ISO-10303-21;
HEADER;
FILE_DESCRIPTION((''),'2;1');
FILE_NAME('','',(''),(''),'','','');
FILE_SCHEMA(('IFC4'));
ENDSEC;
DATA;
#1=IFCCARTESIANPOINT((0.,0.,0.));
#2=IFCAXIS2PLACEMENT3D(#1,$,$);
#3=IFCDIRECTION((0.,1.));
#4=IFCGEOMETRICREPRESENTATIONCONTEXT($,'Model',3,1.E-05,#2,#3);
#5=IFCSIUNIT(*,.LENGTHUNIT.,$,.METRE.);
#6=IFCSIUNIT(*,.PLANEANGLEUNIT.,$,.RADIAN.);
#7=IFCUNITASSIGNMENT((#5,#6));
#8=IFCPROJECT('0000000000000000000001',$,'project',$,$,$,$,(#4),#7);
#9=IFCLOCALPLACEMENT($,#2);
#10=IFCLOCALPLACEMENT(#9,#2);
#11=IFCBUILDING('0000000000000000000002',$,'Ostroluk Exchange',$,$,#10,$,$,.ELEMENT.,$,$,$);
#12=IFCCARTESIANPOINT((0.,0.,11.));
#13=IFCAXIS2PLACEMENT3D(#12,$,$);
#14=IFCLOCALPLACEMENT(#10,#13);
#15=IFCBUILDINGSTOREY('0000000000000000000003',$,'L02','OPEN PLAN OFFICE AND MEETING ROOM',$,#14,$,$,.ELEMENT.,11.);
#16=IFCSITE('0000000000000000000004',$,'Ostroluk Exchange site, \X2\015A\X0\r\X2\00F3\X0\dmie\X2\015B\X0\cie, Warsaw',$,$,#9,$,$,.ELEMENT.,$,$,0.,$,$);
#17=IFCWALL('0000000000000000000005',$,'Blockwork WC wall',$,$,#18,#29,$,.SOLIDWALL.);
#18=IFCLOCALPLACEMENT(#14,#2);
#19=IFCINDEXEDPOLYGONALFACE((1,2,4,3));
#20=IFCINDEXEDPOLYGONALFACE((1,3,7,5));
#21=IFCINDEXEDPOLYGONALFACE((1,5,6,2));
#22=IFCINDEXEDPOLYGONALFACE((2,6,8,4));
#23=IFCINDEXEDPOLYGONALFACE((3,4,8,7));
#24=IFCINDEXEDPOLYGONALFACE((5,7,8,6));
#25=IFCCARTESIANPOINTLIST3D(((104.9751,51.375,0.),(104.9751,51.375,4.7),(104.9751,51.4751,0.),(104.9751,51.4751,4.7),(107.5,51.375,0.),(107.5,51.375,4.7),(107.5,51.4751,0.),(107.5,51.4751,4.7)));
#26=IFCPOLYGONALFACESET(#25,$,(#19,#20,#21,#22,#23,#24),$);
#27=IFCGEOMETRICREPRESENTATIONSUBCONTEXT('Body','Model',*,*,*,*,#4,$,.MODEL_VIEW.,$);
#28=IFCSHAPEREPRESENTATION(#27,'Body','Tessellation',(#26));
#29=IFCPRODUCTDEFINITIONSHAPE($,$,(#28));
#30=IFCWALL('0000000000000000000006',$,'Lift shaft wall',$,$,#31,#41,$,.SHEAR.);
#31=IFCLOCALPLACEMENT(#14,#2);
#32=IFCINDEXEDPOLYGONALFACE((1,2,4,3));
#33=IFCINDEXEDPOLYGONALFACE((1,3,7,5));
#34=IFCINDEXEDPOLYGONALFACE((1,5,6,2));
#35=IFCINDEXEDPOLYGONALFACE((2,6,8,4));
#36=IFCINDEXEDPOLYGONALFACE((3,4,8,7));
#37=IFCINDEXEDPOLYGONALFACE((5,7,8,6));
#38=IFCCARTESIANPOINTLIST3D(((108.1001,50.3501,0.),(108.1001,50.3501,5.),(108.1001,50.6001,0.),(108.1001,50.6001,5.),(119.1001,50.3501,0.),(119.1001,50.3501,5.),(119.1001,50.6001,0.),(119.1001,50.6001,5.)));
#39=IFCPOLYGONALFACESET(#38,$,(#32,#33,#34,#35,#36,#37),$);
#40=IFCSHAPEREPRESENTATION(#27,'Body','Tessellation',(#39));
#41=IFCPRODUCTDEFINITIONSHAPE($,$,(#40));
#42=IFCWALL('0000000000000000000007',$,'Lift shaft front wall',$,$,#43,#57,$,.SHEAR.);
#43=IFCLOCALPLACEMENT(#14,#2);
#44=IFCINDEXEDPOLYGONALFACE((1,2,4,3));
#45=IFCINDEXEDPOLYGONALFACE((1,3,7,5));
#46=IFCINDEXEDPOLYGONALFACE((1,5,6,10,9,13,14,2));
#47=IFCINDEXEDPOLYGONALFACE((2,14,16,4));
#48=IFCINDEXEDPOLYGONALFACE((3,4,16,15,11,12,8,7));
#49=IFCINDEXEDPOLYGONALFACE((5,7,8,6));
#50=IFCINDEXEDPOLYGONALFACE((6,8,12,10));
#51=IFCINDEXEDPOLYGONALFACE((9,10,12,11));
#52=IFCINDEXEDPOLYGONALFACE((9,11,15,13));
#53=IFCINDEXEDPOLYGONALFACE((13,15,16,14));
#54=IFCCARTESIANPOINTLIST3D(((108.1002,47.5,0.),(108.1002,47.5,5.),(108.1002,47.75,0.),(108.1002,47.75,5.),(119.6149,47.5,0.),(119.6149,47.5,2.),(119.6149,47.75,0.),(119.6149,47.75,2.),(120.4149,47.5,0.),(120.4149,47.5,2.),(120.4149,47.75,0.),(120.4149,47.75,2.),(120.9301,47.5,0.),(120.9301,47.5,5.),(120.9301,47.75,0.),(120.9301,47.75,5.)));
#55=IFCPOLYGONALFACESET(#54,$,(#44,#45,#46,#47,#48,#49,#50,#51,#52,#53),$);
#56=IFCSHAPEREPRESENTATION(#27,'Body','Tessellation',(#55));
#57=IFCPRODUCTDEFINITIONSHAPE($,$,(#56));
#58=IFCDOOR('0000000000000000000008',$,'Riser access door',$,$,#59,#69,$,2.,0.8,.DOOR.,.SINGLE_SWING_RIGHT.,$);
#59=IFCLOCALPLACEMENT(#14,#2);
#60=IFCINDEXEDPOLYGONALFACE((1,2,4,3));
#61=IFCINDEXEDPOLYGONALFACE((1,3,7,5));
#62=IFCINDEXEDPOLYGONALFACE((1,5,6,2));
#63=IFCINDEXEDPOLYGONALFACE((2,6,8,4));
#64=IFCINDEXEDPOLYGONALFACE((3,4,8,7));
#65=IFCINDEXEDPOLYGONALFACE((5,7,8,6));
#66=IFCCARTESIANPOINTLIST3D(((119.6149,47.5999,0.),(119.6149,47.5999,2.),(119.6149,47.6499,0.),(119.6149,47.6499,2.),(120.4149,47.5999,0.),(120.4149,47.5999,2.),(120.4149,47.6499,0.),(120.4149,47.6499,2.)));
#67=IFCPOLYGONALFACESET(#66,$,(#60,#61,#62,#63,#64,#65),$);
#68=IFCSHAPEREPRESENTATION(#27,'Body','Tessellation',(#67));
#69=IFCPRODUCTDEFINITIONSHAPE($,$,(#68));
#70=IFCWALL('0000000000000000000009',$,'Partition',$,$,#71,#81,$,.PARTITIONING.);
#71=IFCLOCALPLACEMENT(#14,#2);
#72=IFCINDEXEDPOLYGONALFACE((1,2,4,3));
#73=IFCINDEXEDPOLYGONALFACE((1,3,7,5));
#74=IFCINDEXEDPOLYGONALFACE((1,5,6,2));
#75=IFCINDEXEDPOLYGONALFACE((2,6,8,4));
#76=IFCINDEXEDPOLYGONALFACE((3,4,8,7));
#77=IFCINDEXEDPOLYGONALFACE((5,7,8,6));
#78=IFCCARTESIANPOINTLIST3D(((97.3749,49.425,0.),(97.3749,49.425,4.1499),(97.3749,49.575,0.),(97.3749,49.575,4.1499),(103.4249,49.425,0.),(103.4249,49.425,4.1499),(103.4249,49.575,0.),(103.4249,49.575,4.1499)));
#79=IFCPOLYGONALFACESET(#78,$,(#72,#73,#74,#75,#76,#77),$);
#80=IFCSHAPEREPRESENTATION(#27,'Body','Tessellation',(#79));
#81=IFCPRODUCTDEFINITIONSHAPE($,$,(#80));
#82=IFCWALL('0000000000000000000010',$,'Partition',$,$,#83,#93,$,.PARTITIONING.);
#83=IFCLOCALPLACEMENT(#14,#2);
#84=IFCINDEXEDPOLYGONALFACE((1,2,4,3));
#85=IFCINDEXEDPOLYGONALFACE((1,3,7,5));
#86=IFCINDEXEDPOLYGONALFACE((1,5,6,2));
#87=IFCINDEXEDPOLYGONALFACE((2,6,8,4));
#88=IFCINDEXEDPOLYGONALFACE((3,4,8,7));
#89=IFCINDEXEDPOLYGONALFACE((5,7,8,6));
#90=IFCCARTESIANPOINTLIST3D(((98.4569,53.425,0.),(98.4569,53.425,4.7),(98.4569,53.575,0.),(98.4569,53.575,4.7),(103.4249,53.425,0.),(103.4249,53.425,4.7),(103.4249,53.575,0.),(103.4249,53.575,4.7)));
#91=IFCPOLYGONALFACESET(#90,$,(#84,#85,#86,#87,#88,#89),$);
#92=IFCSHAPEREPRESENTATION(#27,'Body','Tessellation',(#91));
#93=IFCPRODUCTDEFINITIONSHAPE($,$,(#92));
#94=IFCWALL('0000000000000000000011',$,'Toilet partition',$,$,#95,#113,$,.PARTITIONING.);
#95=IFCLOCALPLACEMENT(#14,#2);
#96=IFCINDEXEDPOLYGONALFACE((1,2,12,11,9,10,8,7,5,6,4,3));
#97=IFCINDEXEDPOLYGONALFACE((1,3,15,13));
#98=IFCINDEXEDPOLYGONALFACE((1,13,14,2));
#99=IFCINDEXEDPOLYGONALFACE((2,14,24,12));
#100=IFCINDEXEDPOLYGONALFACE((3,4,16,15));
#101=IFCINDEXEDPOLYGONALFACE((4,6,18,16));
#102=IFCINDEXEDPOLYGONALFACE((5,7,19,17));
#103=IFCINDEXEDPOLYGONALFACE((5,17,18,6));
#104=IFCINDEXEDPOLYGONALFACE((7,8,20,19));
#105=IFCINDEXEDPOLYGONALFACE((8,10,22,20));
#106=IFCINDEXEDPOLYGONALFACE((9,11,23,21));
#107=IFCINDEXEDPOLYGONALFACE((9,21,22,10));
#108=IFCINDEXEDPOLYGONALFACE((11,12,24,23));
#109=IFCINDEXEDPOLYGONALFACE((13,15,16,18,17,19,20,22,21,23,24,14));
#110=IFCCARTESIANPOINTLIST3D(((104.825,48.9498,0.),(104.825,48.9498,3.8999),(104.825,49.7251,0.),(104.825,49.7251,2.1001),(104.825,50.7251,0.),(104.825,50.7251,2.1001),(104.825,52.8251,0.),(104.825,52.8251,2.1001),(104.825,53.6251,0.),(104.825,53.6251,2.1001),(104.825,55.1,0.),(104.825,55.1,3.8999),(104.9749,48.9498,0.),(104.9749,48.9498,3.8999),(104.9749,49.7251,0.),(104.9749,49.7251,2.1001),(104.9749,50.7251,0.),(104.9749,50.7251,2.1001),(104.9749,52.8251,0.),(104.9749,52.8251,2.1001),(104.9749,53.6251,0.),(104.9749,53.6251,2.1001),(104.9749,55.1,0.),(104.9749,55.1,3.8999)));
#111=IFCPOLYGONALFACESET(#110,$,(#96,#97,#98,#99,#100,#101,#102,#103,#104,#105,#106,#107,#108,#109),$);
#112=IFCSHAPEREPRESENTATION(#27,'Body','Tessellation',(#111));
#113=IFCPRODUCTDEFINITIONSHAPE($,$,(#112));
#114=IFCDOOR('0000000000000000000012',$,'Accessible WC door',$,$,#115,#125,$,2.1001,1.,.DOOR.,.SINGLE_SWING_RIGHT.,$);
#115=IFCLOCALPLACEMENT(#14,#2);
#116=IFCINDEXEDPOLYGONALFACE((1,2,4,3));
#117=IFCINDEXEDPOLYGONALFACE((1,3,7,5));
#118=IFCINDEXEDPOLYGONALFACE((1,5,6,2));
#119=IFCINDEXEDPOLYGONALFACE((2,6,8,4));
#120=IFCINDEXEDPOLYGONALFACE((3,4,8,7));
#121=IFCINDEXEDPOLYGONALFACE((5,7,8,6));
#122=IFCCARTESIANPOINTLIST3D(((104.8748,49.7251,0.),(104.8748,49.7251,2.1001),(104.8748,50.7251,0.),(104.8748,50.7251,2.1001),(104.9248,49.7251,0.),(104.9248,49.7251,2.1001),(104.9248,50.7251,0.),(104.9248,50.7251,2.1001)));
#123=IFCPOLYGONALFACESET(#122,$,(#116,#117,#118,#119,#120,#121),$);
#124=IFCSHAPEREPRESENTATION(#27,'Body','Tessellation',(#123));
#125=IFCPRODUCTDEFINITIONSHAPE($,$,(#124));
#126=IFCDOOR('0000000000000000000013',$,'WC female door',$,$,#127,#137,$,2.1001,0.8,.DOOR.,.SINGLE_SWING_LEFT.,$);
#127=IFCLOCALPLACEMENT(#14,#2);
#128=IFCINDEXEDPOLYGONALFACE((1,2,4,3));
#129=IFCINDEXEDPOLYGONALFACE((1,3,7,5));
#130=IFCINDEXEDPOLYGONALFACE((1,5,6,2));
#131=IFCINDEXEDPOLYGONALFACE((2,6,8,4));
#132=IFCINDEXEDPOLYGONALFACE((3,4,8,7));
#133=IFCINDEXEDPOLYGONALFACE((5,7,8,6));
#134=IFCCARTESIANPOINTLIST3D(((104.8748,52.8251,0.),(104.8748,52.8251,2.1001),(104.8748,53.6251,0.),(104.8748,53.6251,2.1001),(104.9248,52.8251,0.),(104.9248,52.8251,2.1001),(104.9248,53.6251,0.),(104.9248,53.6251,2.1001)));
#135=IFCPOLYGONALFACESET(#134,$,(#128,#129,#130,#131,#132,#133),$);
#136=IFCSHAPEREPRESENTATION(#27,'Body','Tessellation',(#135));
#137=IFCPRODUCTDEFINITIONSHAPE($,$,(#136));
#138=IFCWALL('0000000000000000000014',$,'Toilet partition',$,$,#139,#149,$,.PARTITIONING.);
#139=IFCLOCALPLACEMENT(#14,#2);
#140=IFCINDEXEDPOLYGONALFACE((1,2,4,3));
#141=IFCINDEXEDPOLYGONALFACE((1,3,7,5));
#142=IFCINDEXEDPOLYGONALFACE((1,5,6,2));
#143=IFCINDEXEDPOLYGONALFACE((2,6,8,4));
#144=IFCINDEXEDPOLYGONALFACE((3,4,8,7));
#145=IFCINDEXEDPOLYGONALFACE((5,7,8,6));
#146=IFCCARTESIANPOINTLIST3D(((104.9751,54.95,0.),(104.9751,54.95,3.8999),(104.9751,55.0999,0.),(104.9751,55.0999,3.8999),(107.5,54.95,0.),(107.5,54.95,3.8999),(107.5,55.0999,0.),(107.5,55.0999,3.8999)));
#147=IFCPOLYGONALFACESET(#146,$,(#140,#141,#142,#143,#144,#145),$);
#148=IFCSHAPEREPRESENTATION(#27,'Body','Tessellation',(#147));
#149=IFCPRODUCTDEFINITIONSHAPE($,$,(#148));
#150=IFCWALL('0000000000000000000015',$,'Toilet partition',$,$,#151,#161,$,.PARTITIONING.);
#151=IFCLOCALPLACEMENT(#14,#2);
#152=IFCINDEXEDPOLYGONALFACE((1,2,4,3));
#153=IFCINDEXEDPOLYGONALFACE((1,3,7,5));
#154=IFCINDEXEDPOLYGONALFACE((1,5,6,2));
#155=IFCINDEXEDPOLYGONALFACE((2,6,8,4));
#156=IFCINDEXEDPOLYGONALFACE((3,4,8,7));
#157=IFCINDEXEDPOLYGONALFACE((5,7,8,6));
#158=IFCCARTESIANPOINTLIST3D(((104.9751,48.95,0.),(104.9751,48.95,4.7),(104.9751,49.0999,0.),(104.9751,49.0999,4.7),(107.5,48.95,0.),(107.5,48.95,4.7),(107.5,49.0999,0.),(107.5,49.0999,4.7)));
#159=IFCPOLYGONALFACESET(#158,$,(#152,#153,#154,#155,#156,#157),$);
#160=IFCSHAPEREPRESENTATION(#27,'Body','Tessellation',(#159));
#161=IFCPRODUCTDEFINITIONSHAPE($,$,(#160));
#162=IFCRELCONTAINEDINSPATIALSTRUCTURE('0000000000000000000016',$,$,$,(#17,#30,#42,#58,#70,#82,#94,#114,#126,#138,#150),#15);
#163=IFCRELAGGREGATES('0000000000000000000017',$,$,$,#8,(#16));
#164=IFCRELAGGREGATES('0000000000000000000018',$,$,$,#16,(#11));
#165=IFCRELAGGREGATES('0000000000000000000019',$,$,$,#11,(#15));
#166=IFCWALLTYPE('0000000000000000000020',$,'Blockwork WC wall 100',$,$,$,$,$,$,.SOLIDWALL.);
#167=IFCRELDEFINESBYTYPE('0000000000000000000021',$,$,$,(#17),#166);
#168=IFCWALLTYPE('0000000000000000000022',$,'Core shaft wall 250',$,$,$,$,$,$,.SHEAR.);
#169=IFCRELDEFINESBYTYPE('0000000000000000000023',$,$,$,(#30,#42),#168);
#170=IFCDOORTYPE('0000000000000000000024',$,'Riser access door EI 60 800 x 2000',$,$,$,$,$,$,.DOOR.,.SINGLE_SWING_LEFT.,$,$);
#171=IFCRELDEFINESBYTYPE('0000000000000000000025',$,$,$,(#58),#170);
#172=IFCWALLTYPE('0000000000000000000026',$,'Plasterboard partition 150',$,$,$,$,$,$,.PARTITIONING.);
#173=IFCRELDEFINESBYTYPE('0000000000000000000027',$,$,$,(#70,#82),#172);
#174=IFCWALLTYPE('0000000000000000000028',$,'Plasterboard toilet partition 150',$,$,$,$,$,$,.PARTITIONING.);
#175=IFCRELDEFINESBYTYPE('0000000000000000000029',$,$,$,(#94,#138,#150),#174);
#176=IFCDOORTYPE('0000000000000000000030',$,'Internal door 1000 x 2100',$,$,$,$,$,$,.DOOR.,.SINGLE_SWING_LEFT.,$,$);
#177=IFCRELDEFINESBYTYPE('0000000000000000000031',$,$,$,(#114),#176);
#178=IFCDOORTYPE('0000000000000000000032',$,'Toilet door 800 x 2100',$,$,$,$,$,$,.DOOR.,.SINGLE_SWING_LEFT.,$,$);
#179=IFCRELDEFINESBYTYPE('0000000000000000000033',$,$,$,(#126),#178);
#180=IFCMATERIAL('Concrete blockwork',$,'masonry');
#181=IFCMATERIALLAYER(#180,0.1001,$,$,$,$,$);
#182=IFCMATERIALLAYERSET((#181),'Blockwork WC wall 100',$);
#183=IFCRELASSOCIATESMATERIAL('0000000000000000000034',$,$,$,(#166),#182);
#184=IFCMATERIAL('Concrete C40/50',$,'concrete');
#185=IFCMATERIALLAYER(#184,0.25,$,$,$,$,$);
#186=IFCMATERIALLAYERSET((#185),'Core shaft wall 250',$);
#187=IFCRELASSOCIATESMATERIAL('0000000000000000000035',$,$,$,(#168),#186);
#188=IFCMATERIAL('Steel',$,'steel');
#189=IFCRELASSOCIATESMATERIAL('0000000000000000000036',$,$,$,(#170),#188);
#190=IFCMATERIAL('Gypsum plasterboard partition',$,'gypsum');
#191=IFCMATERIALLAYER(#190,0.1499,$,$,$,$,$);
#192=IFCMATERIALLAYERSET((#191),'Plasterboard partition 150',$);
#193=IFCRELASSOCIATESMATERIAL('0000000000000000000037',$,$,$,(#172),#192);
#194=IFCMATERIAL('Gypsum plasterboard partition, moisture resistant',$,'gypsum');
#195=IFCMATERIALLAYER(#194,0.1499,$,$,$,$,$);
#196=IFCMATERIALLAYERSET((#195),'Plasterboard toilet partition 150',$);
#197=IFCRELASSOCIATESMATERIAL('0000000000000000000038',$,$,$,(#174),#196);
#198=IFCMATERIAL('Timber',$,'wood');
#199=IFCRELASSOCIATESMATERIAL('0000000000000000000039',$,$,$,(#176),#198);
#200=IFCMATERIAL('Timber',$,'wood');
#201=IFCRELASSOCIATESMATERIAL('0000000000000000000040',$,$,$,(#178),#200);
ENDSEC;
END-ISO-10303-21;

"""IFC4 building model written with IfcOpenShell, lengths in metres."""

from ifc_helpers import new_model, si_unit, direction, frame, frame_2d, origin, place, context, subcontext, project, spatial, rectangle, extrude, material, layer, layer_set, type_object, element, fill, save


model = new_model("IFC4")

# Units and contexts
model_context = context("Model", 3, precision=1e-05, world=origin(), true_north=direction((0.0, 1.0)))
body_context = subcontext(model_context, "Body", "Model", "MODEL_VIEW")
ifc_project = project(units=[si_unit("LENGTHUNIT", "METRE"), si_unit("PLANEANGLEUNIT", "RADIAN")], contexts=[model_context])

# Site, building, storey
site_placement = place(None, origin())
site = spatial("IfcSite", under=ifc_project, at=site_placement, Name="Ostroluk Exchange site, Śródmieście, Warsaw", CompositionType="ELEMENT", RefElevation=0.0)
building_placement = place(site_placement, origin())
building = spatial("IfcBuilding", under=site, at=building_placement, Name="Ostroluk Exchange", CompositionType="ELEMENT")
storey_placement = place(building_placement, frame((0.0, 0.0, 11.0)))
storey = spatial("IfcBuildingStorey", under=building, at=storey_placement, Name="L02", Description="OPEN PLAN OFFICE AND MEETING ROOM", CompositionType="ELEMENT", Elevation=11.0)

# Walls
ifc_material_1 = material(Name="Concrete blockwork", Category="masonry")
ifc_layer_1 = layer(ifc_material_1, 0.1001)
ifc_layer_set_1 = layer_set([ifc_layer_1], Name="Blockwork WC wall 100")
wall_type_1 = type_object("IfcWallType", Name="Blockwork WC wall 100", PredefinedType="SOLIDWALL", material=ifc_layer_set_1)
wall_1_placement = place(storey_placement, frame((104.9751, 51.425, 0.0), z_axis=(0.0, 0.0, 1.0), x_axis=(1.0, 0.0, 0.0)))
element("IfcWall", 1, at=wall_1_placement, inside=storey, type_object=wall_type_1, Name="Blockwork WC wall", PredefinedType="SOLIDWALL", context=body_context, shape_type="SweptSolid", body=[
    extrude(rectangle(XDim=2.5249, YDim=0.1001, at=frame_2d((1.2625, 0.0))), origin(), (0.0, 0.0, 1.0), 4.7),
])
ifc_material_2 = material(Name="Concrete C40/50", Category="concrete")
ifc_layer_2 = layer(ifc_material_2, 0.25)
ifc_layer_set_2 = layer_set([ifc_layer_2], Name="Core shaft wall 250")
wall_type_2 = type_object("IfcWallType", Name="Core shaft wall 250", PredefinedType="SHEAR", material=ifc_layer_set_2)
wall_2_placement = place(storey_placement, frame((108.1001, 50.4751, 0.0), z_axis=(0.0, 0.0, 1.0), x_axis=(1.0, 0.0, 0.0)))
element("IfcWall", 2, at=wall_2_placement, inside=storey, type_object=wall_type_2, Name="Lift shaft wall", PredefinedType="SHEAR", context=body_context, shape_type="SweptSolid", body=[
    extrude(rectangle(XDim=11.0, YDim=0.25, at=frame_2d((5.5, 0.0))), origin(), (0.0, 0.0, 1.0), 5.0),
])

# Wall, opening, door
wall_3_placement = place(storey_placement, frame((108.1001, 47.625, 0.0), z_axis=(0.0, 0.0, 1.0), x_axis=(1.0, 0.0, 0.0)))
wall_3 = element("IfcWall", 3, at=wall_3_placement, inside=storey, type_object=wall_type_2, Name="Lift shaft front wall", PredefinedType="SHEAR", context=body_context, shape_type="SweptSolid", body=[
    extrude(rectangle(XDim=12.8298, YDim=0.25, at=frame_2d((6.415, 0.0))), origin(), (0.0, 0.0, 1.0), 5.0),
])
opening_1_placement = place(wall_3_placement, frame((11.5149, 0.0, 0.0)))
opening_1 = element("IfcOpeningElement", 4, at=opening_1_placement, cuts=wall_3, PredefinedType="OPENING", context=body_context, shape_type="SweptSolid", body=[
    extrude(rectangle(XDim=0.8, YDim=2.0, at=frame_2d((0.3999, 1.0))), frame((0.0, 0.135, 0.0), z_axis=(0.0, -1.0, 0.0), x_axis=(1.0, 0.0, 0.0)), (0.0, 0.0, 1.0), 0.27),
])
ifc_material_3 = material(Name="Steel", Category="steel")
door_type_1 = type_object("IfcDoorType", Name="Riser access door EI 60 800 x 2000", OperationType="SINGLE_SWING_LEFT", PredefinedType="DOOR", material=ifc_material_3)
door_1_placement = place(opening_1_placement, origin())
door_1 = element("IfcDoor", 5, at=door_1_placement, inside=storey, type_object=door_type_1, Name="Riser access door", OperationType="SINGLE_SWING_RIGHT", OverallHeight=2.0, OverallWidth=0.8, PredefinedType="DOOR", context=body_context, shape_type="SweptSolid", body=[
    extrude(rectangle(XDim=0.8, YDim=2.0, at=frame_2d((0.3999, 1.0))), frame((0.0, 0.0249, 0.0), z_axis=(0.0, -1.0, 0.0), x_axis=(1.0, 0.0, 0.0)), (0.0, 0.0, 1.0), 0.05),
])
fill(opening_1, door_1)

# Walls
ifc_material_4 = material(Name="Gypsum plasterboard partition", Category="gypsum")
ifc_layer_3 = layer(ifc_material_4, 0.1499)
ifc_layer_set_3 = layer_set([ifc_layer_3], Name="Plasterboard partition 150")
wall_type_3 = type_object("IfcWallType", Name="Plasterboard partition 150", PredefinedType="PARTITIONING", material=ifc_layer_set_3)
wall_4_placement = place(storey_placement, frame((97.375, 49.5, 0.0), z_axis=(0.0, 0.0, 1.0), x_axis=(1.0, 0.0, 0.0)))
element("IfcWall", 6, at=wall_4_placement, inside=storey, type_object=wall_type_3, Name="Partition", PredefinedType="PARTITIONING", context=body_context, shape_type="SweptSolid", body=[
    extrude(rectangle(XDim=6.05, YDim=0.1499, at=frame_2d((3.0249, 0.0))), origin(), (0.0, 0.0, 1.0), 4.1499),
])
wall_5_placement = place(storey_placement, frame((98.457, 53.5, 0.0), z_axis=(0.0, 0.0, 1.0), x_axis=(1.0, 0.0, 0.0)))
element("IfcWall", 7, at=wall_5_placement, inside=storey, type_object=wall_type_3, Name="Partition", PredefinedType="PARTITIONING", context=body_context, shape_type="SweptSolid", body=[
    extrude(rectangle(XDim=4.968, YDim=0.1499, at=frame_2d((2.4839, 0.0))), origin(), (0.0, 0.0, 1.0), 4.7),
])

# Wall, openings, doors
ifc_material_5 = material(Name="Gypsum plasterboard partition, moisture resistant", Category="gypsum")
ifc_layer_4 = layer(ifc_material_5, 0.1499)
ifc_layer_set_4 = layer_set([ifc_layer_4], Name="Plasterboard toilet partition 150")
wall_type_4 = type_object("IfcWallType", Name="Plasterboard toilet partition 150", PredefinedType="PARTITIONING", material=ifc_layer_set_4)
wall_6_placement = place(storey_placement, frame((104.8999, 55.1001, 0.0), z_axis=(0.0, 0.0, 1.0), x_axis=(0.0, -1.0, 0.0)))
wall_6 = element("IfcWall", 8, at=wall_6_placement, inside=storey, type_object=wall_type_4, Name="Toilet partition", PredefinedType="PARTITIONING", context=body_context, shape_type="SweptSolid", body=[
    extrude(rectangle(XDim=6.1501, YDim=0.1499, at=frame_2d((3.0752, 0.0))), origin(), (0.0, 0.0, 1.0), 3.8999),
])
opening_2_placement = place(wall_6_placement, frame((1.4751, 0.0, 0.0)))
opening_2 = element("IfcOpeningElement", 9, at=opening_2_placement, cuts=wall_6, PredefinedType="OPENING", context=body_context, shape_type="SweptSolid", body=[
    extrude(rectangle(XDim=0.8, YDim=2.1001, at=frame_2d((0.3999, 1.05))), frame((0.0, 0.085, 0.0), z_axis=(0.0, -1.0, 0.0), x_axis=(1.0, 0.0, 0.0)), (0.0, 0.0, 1.0), 0.1699),
])
opening_3_placement = place(wall_6_placement, frame((4.375, 0.0, 0.0)))
opening_3 = element("IfcOpeningElement", 10, at=opening_3_placement, cuts=wall_6, PredefinedType="OPENING", context=body_context, shape_type="SweptSolid", body=[
    extrude(rectangle(XDim=1.0, YDim=2.1001, at=frame_2d((0.5, 1.05))), frame((0.0, 0.085, 0.0), z_axis=(0.0, -1.0, 0.0), x_axis=(1.0, 0.0, 0.0)), (0.0, 0.0, 1.0), 0.1699),
])
ifc_material_6 = material(Name="Timber", Category="wood")
door_type_2 = type_object("IfcDoorType", Name="Internal door 1000 x 2100", OperationType="SINGLE_SWING_LEFT", PredefinedType="DOOR", material=ifc_material_6)
door_2_placement = place(opening_3_placement, origin())
door_2 = element("IfcDoor", 11, at=door_2_placement, inside=storey, type_object=door_type_2, Name="Accessible WC door", OperationType="SINGLE_SWING_RIGHT", OverallHeight=2.1001, OverallWidth=1.0, PredefinedType="DOOR", context=body_context, shape_type="SweptSolid", body=[
    extrude(rectangle(XDim=1.0, YDim=2.1001, at=frame_2d((0.5, 1.05))), frame((0.0, 0.0249, 0.0), z_axis=(0.0, -1.0, 0.0), x_axis=(1.0, 0.0, 0.0)), (0.0, 0.0, 1.0), 0.05),
])
fill(opening_3, door_2)
ifc_material_7 = material(Name="Timber", Category="wood")
door_type_3 = type_object("IfcDoorType", Name="Toilet door 800 x 2100", OperationType="SINGLE_SWING_LEFT", PredefinedType="DOOR", material=ifc_material_7)
door_3_placement = place(opening_2_placement, origin())
door_3 = element("IfcDoor", 12, at=door_3_placement, inside=storey, type_object=door_type_3, Name="WC female door", OperationType="SINGLE_SWING_LEFT", OverallHeight=2.1001, OverallWidth=0.8, PredefinedType="DOOR", context=body_context, shape_type="SweptSolid", body=[
    extrude(rectangle(XDim=0.8, YDim=2.1001, at=frame_2d((0.3999, 1.05))), frame((0.0, 0.0249, 0.0), z_axis=(0.0, -1.0, 0.0), x_axis=(1.0, 0.0, 0.0)), (0.0, 0.0, 1.0), 0.05),
])
fill(opening_2, door_3)

# Walls
wall_7_placement = place(storey_placement, frame((104.9751, 55.0249, 0.0), z_axis=(0.0, 0.0, 1.0), x_axis=(1.0, 0.0, 0.0)))
element("IfcWall", 13, at=wall_7_placement, inside=storey, type_object=wall_type_4, Name="Toilet partition", PredefinedType="PARTITIONING", context=body_context, shape_type="SweptSolid", body=[
    extrude(rectangle(XDim=2.5249, YDim=0.1499, at=frame_2d((1.2625, 0.0))), origin(), (0.0, 0.0, 1.0), 3.8999),
])
wall_8_placement = place(storey_placement, frame((104.9751, 49.0249, 0.0), z_axis=(0.0, 0.0, 1.0), x_axis=(1.0, 0.0, 0.0)))
element("IfcWall", 14, at=wall_8_placement, inside=storey, type_object=wall_type_4, Name="Toilet partition", PredefinedType="PARTITIONING", context=body_context, shape_type="SweptSolid", body=[
    extrude(rectangle(XDim=2.5249, YDim=0.1499, at=frame_2d((1.2625, 0.0))), origin(), (0.0, 0.0, 1.0), 4.7),
])

save(model, "model.ifc")
